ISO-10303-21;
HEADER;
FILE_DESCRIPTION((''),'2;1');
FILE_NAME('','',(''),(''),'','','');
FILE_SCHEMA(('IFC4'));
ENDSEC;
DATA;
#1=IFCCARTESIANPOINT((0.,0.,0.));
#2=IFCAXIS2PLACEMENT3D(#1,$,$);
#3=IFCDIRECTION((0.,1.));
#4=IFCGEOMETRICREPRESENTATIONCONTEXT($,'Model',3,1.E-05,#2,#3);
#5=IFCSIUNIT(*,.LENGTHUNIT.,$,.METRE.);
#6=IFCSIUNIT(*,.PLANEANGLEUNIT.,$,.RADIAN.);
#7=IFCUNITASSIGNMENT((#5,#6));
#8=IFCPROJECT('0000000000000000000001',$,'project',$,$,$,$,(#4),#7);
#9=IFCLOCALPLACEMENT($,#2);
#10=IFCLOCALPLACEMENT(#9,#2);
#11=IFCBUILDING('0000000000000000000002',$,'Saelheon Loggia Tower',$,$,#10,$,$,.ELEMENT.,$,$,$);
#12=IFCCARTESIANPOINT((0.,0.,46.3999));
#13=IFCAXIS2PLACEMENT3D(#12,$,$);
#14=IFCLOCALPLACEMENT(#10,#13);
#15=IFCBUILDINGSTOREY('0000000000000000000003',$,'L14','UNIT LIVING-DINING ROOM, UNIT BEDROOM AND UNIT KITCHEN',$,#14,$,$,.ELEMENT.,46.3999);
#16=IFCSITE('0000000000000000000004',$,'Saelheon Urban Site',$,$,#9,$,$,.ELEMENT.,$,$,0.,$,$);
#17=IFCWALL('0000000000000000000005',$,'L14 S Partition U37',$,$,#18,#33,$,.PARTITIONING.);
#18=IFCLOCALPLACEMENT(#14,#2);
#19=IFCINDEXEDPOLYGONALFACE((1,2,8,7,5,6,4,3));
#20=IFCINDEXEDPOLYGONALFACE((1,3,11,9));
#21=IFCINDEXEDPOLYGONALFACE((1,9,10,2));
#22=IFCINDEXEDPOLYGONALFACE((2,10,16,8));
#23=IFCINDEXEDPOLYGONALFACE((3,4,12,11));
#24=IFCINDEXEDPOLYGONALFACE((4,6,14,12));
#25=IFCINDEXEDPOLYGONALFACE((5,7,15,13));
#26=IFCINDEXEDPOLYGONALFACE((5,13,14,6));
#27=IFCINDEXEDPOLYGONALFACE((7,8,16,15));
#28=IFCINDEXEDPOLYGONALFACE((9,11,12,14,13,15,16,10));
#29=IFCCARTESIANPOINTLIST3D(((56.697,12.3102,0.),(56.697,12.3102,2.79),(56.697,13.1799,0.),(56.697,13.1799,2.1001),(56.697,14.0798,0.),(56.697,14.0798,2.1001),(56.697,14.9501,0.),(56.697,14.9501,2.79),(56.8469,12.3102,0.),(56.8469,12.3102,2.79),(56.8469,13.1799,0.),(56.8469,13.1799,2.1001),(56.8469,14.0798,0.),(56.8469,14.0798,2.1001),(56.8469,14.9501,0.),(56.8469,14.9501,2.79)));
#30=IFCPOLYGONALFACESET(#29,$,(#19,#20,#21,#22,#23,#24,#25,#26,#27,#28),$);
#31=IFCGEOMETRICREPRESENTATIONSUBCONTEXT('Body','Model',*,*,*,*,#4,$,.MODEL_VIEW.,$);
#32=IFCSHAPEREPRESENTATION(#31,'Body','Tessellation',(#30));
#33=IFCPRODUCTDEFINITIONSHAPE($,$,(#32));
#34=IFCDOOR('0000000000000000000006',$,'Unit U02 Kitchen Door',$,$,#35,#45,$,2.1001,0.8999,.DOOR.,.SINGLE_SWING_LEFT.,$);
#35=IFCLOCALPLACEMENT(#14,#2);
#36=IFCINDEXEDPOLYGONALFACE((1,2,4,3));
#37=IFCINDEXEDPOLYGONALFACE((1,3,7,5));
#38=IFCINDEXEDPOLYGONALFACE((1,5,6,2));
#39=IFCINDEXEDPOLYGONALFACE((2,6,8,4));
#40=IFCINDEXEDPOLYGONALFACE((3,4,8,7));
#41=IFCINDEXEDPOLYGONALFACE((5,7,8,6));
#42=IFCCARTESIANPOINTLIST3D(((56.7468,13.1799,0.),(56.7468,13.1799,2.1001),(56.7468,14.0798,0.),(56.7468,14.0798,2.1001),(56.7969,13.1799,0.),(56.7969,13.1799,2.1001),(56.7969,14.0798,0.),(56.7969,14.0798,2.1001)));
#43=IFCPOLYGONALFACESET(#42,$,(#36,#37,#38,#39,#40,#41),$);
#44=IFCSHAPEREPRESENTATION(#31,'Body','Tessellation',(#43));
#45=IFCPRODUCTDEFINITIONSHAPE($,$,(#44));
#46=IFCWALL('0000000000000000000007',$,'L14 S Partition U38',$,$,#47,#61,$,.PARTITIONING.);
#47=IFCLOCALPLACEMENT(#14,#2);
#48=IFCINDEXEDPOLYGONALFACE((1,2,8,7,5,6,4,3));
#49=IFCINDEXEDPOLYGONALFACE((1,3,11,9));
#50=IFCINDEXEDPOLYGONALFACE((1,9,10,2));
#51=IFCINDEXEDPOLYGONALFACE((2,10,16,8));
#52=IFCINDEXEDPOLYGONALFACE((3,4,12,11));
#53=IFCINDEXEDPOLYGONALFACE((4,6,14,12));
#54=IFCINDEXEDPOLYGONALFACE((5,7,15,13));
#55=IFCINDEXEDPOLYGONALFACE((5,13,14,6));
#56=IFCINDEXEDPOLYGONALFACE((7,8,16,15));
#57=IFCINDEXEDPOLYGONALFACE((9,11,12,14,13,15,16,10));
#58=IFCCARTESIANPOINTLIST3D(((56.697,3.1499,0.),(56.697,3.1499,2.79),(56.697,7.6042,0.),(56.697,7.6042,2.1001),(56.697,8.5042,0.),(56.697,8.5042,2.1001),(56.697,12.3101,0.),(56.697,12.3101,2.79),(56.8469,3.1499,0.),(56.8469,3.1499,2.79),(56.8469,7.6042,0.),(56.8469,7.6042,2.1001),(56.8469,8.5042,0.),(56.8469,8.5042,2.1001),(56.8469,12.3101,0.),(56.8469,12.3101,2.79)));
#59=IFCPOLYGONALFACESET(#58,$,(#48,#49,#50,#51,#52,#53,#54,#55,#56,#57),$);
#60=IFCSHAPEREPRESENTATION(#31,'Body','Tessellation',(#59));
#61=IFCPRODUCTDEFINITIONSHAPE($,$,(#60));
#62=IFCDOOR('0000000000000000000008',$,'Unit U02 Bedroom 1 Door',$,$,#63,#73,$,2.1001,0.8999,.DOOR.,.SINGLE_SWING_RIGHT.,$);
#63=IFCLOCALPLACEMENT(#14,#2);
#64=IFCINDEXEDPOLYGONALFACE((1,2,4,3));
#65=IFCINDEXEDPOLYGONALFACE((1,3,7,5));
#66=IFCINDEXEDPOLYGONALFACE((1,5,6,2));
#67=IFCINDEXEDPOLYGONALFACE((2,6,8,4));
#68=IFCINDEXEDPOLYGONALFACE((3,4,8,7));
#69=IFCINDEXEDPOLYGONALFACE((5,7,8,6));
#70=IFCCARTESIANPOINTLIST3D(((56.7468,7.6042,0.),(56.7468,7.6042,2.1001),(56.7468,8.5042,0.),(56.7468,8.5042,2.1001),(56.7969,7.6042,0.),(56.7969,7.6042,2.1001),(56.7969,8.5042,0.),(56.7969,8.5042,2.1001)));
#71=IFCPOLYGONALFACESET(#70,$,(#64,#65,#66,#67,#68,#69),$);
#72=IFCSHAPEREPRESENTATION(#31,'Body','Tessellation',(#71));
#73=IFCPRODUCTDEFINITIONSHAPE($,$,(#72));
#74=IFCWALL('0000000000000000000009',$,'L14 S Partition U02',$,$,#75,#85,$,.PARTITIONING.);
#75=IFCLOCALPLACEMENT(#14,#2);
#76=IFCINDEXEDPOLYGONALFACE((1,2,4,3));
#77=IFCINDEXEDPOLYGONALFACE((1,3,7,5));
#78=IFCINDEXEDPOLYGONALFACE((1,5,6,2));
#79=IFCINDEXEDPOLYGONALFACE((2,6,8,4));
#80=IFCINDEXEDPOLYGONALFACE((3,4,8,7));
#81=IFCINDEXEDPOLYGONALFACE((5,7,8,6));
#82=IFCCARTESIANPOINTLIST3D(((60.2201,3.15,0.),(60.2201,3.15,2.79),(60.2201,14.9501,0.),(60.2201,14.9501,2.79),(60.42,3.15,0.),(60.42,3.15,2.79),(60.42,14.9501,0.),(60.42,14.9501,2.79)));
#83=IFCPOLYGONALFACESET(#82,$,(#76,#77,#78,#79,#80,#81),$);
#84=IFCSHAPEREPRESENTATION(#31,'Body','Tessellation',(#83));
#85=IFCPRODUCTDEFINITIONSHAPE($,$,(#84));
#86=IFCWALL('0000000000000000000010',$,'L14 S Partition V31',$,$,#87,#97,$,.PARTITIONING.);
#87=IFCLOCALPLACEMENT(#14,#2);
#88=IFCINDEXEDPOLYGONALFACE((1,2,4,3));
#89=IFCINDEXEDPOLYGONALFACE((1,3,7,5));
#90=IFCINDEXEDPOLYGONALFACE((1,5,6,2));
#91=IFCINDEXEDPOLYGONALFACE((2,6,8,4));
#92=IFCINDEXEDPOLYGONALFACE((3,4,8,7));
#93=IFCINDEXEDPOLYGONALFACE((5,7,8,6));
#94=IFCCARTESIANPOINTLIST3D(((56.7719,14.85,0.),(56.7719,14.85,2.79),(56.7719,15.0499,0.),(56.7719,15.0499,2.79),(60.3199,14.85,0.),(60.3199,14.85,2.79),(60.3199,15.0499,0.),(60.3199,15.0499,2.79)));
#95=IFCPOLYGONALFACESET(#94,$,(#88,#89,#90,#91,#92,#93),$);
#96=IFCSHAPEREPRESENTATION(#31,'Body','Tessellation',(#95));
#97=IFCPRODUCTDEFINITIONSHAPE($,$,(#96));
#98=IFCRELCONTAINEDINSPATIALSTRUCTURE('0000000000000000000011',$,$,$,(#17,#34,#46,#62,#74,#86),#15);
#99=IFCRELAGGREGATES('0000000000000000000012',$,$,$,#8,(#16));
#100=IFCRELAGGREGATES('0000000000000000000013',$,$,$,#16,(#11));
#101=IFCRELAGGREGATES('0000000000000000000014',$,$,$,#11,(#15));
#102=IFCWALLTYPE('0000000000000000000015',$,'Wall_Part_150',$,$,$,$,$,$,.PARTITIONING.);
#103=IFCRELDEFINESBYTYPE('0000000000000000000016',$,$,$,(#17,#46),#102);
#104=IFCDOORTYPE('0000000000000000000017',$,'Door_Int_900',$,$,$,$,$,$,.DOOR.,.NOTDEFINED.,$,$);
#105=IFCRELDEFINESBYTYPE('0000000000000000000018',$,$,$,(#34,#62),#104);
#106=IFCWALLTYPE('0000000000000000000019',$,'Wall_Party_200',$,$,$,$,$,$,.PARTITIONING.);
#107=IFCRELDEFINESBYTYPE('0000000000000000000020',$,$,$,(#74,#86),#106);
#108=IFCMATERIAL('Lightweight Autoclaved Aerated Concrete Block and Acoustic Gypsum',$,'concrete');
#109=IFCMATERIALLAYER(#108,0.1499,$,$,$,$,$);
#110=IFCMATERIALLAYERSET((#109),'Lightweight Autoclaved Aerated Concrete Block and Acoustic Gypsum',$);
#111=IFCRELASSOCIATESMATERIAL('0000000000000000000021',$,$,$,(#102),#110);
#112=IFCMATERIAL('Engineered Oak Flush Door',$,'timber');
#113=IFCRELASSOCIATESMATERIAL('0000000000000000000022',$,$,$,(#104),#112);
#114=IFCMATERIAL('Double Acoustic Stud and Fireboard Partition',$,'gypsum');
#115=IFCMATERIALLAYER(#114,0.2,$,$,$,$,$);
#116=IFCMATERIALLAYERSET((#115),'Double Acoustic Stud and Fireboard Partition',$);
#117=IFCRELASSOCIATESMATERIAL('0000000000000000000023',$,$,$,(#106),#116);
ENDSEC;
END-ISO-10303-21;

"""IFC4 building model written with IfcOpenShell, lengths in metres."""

from ifc_helpers import new_model, si_unit, direction, frame, frame_2d, origin, place, context, subcontext, project, spatial, rectangle, extrude, source, transform, mapped, material, layer, layer_set, type_object, element, fill, save


model = new_model("IFC4")

# Units and contexts
model_context = context("Model", 3, precision=1e-05, world=origin(), true_north=direction((0.0, 1.0)))
body_context = subcontext(model_context, "Body", "Model", "MODEL_VIEW")
ifc_project = project(units=[si_unit("LENGTHUNIT", "METRE"), si_unit("PLANEANGLEUNIT", "RADIAN")], contexts=[model_context])

# Site, building, storey
site_placement = place(None, origin())
site = spatial("IfcSite", under=ifc_project, at=site_placement, Name="Saelheon Urban Site", CompositionType="ELEMENT", RefElevation=0.0)
building_placement = place(site_placement, origin())
building = spatial("IfcBuilding", under=site, at=building_placement, Name="Saelheon Loggia Tower", CompositionType="ELEMENT")
storey_placement = place(building_placement, frame((0.0, 0.0, 46.3999)))
storey = spatial("IfcBuildingStorey", under=building, at=storey_placement, Name="L14", Description="UNIT LIVING-DINING ROOM, UNIT BEDROOM AND UNIT KITCHEN", CompositionType="ELEMENT", Elevation=46.3999)

# Walls, openings, doors
ifc_material_1 = material(Name="Lightweight Autoclaved Aerated Concrete Block and Acoustic Gypsum", Category="concrete")
ifc_layer_1 = layer(ifc_material_1, 0.1499)
ifc_layer_set_1 = layer_set([ifc_layer_1], Name="Lightweight Autoclaved Aerated Concrete Block and Acoustic Gypsum")
wall_type_1 = type_object("IfcWallType", Name="Wall_Part_150", PredefinedType="PARTITIONING", material=ifc_layer_set_1)
wall_1_placement = place(storey_placement, frame((56.772, 14.95, 0.0), z_axis=(0.0, 0.0, 1.0), x_axis=(0.0, -1.0, 0.0)))
wall_1 = element("IfcWall", 1, at=wall_1_placement, inside=storey, type_object=wall_type_1, Name="L14 S Partition U37", PredefinedType="PARTITIONING", context=body_context, shape_type="SweptSolid", body=[
    extrude(rectangle(XDim=2.6399, YDim=0.1499, at=frame_2d((1.3198, 0.0))), origin(), (0.0, 0.0, 1.0), 2.79),
])
opening_1_placement = place(wall_1_placement, frame((0.8701, 0.0, 0.0)))
opening_1 = element("IfcOpeningElement", 2, at=opening_1_placement, cuts=wall_1, PredefinedType="OPENING", context=body_context, shape_type="SweptSolid", body=[
    extrude(rectangle(XDim=0.8999, YDim=2.1001, at=frame_2d((0.45, 1.05))), frame((0.0, 0.0869, 0.0), z_axis=(0.0, -1.0, 0.0), x_axis=(1.0, 0.0, 0.0)), (0.0, 0.0, 1.0), 0.1738),
])
ifc_material_2 = material(Name="Engineered Oak Flush Door", Category="timber")
door_type_1 = type_object("IfcDoorType", Name="Door_Int_900", OperationType="NOTDEFINED", PredefinedType="DOOR", material=ifc_material_2)
shared_shape_1 = source(origin(), body_context, "Body", "SweptSolid", [
    extrude(rectangle(XDim=0.8999, YDim=2.1001, at=frame_2d((0.45, 1.05))), frame((0.0, 0.0249, 0.0), z_axis=(0.0, -1.0, 0.0), x_axis=(1.0, 0.0, 0.0)), (0.0, 0.0, 1.0), 0.05),
])
door_1_placement = place(opening_1_placement, origin())
door_1 = element("IfcDoor", 3, at=door_1_placement, inside=storey, type_object=door_type_1, Name="Unit U02 Kitchen Door", OperationType="SINGLE_SWING_LEFT", OverallHeight=2.1001, OverallWidth=0.8999, PredefinedType="DOOR", context=body_context, shape_type="MappedRepresentation", body=[
    mapped(shared_shape_1, transform((0.0, 0.0, 0.0), scale=1.0)),
])
fill(opening_1, door_1)
wall_2_placement = place(storey_placement, frame((56.772, 12.3101, 0.0), z_axis=(0.0, 0.0, 1.0), x_axis=(0.0, -1.0, 0.0)))
wall_2 = element("IfcWall", 4, at=wall_2_placement, inside=storey, type_object=wall_type_1, Name="L14 S Partition U38", PredefinedType="PARTITIONING", context=body_context, shape_type="SweptSolid", body=[
    extrude(rectangle(XDim=9.1602, YDim=0.1499, at=frame_2d((4.5801, 0.0))), origin(), (0.0, 0.0, 1.0), 2.79),
])
opening_2_placement = place(wall_2_placement, frame((3.8059, 0.0, 0.0)))
opening_2 = element("IfcOpeningElement", 5, at=opening_2_placement, cuts=wall_2, PredefinedType="OPENING", context=body_context, shape_type="SweptSolid", body=[
    extrude(rectangle(XDim=0.8999, YDim=2.1001, at=frame_2d((0.45, 1.05))), frame((0.0, 0.0869, 0.0), z_axis=(0.0, -1.0, 0.0), x_axis=(1.0, 0.0, 0.0)), (0.0, 0.0, 1.0), 0.1738),
])
door_2_placement = place(opening_2_placement, origin())
door_2 = element("IfcDoor", 6, at=door_2_placement, inside=storey, type_object=door_type_1, Name="Unit U02 Bedroom 1 Door", OperationType="SINGLE_SWING_RIGHT", OverallHeight=2.1001, OverallWidth=0.8999, PredefinedType="DOOR", context=body_context, shape_type="MappedRepresentation", body=[
    mapped(shared_shape_1, transform((0.0, 0.0, 0.0), scale=1.0)),
])
fill(opening_2, door_2)

# Walls
ifc_material_3 = material(Name="Double Acoustic Stud and Fireboard Partition", Category="gypsum")
ifc_layer_2 = layer(ifc_material_3, 0.2)
ifc_layer_set_2 = layer_set([ifc_layer_2], Name="Double Acoustic Stud and Fireboard Partition")
wall_type_2 = type_object("IfcWallType", Name="Wall_Party_200", PredefinedType="PARTITIONING", material=ifc_layer_set_2)
wall_3_placement = place(storey_placement, frame((60.3201, 14.95, 0.0), z_axis=(0.0, 0.0, 1.0), x_axis=(0.0, -1.0, 0.0)))
element("IfcWall", 7, at=wall_3_placement, inside=storey, type_object=wall_type_2, Name="L14 S Partition U02", PredefinedType="PARTITIONING", context=body_context, shape_type="SweptSolid", body=[
    extrude(rectangle(XDim=11.8, YDim=0.2, at=frame_2d((5.8999, 0.0))), origin(), (0.0, 0.0, 1.0), 2.79),
])
wall_4_placement = place(storey_placement, frame((56.772, 14.95, 0.0), z_axis=(0.0, 0.0, 1.0), x_axis=(1.0, 0.0, 0.0)))
element("IfcWall", 8, at=wall_4_placement, inside=storey, type_object=wall_type_2, Name="L14 S Partition V31", PredefinedType="PARTITIONING", context=body_context, shape_type="SweptSolid", body=[
    extrude(rectangle(XDim=3.5481, YDim=0.2, at=frame_2d((1.7739, 0.0))), origin(), (0.0, 0.0, 1.0), 2.79),
])

save(model, "model.ifc")
